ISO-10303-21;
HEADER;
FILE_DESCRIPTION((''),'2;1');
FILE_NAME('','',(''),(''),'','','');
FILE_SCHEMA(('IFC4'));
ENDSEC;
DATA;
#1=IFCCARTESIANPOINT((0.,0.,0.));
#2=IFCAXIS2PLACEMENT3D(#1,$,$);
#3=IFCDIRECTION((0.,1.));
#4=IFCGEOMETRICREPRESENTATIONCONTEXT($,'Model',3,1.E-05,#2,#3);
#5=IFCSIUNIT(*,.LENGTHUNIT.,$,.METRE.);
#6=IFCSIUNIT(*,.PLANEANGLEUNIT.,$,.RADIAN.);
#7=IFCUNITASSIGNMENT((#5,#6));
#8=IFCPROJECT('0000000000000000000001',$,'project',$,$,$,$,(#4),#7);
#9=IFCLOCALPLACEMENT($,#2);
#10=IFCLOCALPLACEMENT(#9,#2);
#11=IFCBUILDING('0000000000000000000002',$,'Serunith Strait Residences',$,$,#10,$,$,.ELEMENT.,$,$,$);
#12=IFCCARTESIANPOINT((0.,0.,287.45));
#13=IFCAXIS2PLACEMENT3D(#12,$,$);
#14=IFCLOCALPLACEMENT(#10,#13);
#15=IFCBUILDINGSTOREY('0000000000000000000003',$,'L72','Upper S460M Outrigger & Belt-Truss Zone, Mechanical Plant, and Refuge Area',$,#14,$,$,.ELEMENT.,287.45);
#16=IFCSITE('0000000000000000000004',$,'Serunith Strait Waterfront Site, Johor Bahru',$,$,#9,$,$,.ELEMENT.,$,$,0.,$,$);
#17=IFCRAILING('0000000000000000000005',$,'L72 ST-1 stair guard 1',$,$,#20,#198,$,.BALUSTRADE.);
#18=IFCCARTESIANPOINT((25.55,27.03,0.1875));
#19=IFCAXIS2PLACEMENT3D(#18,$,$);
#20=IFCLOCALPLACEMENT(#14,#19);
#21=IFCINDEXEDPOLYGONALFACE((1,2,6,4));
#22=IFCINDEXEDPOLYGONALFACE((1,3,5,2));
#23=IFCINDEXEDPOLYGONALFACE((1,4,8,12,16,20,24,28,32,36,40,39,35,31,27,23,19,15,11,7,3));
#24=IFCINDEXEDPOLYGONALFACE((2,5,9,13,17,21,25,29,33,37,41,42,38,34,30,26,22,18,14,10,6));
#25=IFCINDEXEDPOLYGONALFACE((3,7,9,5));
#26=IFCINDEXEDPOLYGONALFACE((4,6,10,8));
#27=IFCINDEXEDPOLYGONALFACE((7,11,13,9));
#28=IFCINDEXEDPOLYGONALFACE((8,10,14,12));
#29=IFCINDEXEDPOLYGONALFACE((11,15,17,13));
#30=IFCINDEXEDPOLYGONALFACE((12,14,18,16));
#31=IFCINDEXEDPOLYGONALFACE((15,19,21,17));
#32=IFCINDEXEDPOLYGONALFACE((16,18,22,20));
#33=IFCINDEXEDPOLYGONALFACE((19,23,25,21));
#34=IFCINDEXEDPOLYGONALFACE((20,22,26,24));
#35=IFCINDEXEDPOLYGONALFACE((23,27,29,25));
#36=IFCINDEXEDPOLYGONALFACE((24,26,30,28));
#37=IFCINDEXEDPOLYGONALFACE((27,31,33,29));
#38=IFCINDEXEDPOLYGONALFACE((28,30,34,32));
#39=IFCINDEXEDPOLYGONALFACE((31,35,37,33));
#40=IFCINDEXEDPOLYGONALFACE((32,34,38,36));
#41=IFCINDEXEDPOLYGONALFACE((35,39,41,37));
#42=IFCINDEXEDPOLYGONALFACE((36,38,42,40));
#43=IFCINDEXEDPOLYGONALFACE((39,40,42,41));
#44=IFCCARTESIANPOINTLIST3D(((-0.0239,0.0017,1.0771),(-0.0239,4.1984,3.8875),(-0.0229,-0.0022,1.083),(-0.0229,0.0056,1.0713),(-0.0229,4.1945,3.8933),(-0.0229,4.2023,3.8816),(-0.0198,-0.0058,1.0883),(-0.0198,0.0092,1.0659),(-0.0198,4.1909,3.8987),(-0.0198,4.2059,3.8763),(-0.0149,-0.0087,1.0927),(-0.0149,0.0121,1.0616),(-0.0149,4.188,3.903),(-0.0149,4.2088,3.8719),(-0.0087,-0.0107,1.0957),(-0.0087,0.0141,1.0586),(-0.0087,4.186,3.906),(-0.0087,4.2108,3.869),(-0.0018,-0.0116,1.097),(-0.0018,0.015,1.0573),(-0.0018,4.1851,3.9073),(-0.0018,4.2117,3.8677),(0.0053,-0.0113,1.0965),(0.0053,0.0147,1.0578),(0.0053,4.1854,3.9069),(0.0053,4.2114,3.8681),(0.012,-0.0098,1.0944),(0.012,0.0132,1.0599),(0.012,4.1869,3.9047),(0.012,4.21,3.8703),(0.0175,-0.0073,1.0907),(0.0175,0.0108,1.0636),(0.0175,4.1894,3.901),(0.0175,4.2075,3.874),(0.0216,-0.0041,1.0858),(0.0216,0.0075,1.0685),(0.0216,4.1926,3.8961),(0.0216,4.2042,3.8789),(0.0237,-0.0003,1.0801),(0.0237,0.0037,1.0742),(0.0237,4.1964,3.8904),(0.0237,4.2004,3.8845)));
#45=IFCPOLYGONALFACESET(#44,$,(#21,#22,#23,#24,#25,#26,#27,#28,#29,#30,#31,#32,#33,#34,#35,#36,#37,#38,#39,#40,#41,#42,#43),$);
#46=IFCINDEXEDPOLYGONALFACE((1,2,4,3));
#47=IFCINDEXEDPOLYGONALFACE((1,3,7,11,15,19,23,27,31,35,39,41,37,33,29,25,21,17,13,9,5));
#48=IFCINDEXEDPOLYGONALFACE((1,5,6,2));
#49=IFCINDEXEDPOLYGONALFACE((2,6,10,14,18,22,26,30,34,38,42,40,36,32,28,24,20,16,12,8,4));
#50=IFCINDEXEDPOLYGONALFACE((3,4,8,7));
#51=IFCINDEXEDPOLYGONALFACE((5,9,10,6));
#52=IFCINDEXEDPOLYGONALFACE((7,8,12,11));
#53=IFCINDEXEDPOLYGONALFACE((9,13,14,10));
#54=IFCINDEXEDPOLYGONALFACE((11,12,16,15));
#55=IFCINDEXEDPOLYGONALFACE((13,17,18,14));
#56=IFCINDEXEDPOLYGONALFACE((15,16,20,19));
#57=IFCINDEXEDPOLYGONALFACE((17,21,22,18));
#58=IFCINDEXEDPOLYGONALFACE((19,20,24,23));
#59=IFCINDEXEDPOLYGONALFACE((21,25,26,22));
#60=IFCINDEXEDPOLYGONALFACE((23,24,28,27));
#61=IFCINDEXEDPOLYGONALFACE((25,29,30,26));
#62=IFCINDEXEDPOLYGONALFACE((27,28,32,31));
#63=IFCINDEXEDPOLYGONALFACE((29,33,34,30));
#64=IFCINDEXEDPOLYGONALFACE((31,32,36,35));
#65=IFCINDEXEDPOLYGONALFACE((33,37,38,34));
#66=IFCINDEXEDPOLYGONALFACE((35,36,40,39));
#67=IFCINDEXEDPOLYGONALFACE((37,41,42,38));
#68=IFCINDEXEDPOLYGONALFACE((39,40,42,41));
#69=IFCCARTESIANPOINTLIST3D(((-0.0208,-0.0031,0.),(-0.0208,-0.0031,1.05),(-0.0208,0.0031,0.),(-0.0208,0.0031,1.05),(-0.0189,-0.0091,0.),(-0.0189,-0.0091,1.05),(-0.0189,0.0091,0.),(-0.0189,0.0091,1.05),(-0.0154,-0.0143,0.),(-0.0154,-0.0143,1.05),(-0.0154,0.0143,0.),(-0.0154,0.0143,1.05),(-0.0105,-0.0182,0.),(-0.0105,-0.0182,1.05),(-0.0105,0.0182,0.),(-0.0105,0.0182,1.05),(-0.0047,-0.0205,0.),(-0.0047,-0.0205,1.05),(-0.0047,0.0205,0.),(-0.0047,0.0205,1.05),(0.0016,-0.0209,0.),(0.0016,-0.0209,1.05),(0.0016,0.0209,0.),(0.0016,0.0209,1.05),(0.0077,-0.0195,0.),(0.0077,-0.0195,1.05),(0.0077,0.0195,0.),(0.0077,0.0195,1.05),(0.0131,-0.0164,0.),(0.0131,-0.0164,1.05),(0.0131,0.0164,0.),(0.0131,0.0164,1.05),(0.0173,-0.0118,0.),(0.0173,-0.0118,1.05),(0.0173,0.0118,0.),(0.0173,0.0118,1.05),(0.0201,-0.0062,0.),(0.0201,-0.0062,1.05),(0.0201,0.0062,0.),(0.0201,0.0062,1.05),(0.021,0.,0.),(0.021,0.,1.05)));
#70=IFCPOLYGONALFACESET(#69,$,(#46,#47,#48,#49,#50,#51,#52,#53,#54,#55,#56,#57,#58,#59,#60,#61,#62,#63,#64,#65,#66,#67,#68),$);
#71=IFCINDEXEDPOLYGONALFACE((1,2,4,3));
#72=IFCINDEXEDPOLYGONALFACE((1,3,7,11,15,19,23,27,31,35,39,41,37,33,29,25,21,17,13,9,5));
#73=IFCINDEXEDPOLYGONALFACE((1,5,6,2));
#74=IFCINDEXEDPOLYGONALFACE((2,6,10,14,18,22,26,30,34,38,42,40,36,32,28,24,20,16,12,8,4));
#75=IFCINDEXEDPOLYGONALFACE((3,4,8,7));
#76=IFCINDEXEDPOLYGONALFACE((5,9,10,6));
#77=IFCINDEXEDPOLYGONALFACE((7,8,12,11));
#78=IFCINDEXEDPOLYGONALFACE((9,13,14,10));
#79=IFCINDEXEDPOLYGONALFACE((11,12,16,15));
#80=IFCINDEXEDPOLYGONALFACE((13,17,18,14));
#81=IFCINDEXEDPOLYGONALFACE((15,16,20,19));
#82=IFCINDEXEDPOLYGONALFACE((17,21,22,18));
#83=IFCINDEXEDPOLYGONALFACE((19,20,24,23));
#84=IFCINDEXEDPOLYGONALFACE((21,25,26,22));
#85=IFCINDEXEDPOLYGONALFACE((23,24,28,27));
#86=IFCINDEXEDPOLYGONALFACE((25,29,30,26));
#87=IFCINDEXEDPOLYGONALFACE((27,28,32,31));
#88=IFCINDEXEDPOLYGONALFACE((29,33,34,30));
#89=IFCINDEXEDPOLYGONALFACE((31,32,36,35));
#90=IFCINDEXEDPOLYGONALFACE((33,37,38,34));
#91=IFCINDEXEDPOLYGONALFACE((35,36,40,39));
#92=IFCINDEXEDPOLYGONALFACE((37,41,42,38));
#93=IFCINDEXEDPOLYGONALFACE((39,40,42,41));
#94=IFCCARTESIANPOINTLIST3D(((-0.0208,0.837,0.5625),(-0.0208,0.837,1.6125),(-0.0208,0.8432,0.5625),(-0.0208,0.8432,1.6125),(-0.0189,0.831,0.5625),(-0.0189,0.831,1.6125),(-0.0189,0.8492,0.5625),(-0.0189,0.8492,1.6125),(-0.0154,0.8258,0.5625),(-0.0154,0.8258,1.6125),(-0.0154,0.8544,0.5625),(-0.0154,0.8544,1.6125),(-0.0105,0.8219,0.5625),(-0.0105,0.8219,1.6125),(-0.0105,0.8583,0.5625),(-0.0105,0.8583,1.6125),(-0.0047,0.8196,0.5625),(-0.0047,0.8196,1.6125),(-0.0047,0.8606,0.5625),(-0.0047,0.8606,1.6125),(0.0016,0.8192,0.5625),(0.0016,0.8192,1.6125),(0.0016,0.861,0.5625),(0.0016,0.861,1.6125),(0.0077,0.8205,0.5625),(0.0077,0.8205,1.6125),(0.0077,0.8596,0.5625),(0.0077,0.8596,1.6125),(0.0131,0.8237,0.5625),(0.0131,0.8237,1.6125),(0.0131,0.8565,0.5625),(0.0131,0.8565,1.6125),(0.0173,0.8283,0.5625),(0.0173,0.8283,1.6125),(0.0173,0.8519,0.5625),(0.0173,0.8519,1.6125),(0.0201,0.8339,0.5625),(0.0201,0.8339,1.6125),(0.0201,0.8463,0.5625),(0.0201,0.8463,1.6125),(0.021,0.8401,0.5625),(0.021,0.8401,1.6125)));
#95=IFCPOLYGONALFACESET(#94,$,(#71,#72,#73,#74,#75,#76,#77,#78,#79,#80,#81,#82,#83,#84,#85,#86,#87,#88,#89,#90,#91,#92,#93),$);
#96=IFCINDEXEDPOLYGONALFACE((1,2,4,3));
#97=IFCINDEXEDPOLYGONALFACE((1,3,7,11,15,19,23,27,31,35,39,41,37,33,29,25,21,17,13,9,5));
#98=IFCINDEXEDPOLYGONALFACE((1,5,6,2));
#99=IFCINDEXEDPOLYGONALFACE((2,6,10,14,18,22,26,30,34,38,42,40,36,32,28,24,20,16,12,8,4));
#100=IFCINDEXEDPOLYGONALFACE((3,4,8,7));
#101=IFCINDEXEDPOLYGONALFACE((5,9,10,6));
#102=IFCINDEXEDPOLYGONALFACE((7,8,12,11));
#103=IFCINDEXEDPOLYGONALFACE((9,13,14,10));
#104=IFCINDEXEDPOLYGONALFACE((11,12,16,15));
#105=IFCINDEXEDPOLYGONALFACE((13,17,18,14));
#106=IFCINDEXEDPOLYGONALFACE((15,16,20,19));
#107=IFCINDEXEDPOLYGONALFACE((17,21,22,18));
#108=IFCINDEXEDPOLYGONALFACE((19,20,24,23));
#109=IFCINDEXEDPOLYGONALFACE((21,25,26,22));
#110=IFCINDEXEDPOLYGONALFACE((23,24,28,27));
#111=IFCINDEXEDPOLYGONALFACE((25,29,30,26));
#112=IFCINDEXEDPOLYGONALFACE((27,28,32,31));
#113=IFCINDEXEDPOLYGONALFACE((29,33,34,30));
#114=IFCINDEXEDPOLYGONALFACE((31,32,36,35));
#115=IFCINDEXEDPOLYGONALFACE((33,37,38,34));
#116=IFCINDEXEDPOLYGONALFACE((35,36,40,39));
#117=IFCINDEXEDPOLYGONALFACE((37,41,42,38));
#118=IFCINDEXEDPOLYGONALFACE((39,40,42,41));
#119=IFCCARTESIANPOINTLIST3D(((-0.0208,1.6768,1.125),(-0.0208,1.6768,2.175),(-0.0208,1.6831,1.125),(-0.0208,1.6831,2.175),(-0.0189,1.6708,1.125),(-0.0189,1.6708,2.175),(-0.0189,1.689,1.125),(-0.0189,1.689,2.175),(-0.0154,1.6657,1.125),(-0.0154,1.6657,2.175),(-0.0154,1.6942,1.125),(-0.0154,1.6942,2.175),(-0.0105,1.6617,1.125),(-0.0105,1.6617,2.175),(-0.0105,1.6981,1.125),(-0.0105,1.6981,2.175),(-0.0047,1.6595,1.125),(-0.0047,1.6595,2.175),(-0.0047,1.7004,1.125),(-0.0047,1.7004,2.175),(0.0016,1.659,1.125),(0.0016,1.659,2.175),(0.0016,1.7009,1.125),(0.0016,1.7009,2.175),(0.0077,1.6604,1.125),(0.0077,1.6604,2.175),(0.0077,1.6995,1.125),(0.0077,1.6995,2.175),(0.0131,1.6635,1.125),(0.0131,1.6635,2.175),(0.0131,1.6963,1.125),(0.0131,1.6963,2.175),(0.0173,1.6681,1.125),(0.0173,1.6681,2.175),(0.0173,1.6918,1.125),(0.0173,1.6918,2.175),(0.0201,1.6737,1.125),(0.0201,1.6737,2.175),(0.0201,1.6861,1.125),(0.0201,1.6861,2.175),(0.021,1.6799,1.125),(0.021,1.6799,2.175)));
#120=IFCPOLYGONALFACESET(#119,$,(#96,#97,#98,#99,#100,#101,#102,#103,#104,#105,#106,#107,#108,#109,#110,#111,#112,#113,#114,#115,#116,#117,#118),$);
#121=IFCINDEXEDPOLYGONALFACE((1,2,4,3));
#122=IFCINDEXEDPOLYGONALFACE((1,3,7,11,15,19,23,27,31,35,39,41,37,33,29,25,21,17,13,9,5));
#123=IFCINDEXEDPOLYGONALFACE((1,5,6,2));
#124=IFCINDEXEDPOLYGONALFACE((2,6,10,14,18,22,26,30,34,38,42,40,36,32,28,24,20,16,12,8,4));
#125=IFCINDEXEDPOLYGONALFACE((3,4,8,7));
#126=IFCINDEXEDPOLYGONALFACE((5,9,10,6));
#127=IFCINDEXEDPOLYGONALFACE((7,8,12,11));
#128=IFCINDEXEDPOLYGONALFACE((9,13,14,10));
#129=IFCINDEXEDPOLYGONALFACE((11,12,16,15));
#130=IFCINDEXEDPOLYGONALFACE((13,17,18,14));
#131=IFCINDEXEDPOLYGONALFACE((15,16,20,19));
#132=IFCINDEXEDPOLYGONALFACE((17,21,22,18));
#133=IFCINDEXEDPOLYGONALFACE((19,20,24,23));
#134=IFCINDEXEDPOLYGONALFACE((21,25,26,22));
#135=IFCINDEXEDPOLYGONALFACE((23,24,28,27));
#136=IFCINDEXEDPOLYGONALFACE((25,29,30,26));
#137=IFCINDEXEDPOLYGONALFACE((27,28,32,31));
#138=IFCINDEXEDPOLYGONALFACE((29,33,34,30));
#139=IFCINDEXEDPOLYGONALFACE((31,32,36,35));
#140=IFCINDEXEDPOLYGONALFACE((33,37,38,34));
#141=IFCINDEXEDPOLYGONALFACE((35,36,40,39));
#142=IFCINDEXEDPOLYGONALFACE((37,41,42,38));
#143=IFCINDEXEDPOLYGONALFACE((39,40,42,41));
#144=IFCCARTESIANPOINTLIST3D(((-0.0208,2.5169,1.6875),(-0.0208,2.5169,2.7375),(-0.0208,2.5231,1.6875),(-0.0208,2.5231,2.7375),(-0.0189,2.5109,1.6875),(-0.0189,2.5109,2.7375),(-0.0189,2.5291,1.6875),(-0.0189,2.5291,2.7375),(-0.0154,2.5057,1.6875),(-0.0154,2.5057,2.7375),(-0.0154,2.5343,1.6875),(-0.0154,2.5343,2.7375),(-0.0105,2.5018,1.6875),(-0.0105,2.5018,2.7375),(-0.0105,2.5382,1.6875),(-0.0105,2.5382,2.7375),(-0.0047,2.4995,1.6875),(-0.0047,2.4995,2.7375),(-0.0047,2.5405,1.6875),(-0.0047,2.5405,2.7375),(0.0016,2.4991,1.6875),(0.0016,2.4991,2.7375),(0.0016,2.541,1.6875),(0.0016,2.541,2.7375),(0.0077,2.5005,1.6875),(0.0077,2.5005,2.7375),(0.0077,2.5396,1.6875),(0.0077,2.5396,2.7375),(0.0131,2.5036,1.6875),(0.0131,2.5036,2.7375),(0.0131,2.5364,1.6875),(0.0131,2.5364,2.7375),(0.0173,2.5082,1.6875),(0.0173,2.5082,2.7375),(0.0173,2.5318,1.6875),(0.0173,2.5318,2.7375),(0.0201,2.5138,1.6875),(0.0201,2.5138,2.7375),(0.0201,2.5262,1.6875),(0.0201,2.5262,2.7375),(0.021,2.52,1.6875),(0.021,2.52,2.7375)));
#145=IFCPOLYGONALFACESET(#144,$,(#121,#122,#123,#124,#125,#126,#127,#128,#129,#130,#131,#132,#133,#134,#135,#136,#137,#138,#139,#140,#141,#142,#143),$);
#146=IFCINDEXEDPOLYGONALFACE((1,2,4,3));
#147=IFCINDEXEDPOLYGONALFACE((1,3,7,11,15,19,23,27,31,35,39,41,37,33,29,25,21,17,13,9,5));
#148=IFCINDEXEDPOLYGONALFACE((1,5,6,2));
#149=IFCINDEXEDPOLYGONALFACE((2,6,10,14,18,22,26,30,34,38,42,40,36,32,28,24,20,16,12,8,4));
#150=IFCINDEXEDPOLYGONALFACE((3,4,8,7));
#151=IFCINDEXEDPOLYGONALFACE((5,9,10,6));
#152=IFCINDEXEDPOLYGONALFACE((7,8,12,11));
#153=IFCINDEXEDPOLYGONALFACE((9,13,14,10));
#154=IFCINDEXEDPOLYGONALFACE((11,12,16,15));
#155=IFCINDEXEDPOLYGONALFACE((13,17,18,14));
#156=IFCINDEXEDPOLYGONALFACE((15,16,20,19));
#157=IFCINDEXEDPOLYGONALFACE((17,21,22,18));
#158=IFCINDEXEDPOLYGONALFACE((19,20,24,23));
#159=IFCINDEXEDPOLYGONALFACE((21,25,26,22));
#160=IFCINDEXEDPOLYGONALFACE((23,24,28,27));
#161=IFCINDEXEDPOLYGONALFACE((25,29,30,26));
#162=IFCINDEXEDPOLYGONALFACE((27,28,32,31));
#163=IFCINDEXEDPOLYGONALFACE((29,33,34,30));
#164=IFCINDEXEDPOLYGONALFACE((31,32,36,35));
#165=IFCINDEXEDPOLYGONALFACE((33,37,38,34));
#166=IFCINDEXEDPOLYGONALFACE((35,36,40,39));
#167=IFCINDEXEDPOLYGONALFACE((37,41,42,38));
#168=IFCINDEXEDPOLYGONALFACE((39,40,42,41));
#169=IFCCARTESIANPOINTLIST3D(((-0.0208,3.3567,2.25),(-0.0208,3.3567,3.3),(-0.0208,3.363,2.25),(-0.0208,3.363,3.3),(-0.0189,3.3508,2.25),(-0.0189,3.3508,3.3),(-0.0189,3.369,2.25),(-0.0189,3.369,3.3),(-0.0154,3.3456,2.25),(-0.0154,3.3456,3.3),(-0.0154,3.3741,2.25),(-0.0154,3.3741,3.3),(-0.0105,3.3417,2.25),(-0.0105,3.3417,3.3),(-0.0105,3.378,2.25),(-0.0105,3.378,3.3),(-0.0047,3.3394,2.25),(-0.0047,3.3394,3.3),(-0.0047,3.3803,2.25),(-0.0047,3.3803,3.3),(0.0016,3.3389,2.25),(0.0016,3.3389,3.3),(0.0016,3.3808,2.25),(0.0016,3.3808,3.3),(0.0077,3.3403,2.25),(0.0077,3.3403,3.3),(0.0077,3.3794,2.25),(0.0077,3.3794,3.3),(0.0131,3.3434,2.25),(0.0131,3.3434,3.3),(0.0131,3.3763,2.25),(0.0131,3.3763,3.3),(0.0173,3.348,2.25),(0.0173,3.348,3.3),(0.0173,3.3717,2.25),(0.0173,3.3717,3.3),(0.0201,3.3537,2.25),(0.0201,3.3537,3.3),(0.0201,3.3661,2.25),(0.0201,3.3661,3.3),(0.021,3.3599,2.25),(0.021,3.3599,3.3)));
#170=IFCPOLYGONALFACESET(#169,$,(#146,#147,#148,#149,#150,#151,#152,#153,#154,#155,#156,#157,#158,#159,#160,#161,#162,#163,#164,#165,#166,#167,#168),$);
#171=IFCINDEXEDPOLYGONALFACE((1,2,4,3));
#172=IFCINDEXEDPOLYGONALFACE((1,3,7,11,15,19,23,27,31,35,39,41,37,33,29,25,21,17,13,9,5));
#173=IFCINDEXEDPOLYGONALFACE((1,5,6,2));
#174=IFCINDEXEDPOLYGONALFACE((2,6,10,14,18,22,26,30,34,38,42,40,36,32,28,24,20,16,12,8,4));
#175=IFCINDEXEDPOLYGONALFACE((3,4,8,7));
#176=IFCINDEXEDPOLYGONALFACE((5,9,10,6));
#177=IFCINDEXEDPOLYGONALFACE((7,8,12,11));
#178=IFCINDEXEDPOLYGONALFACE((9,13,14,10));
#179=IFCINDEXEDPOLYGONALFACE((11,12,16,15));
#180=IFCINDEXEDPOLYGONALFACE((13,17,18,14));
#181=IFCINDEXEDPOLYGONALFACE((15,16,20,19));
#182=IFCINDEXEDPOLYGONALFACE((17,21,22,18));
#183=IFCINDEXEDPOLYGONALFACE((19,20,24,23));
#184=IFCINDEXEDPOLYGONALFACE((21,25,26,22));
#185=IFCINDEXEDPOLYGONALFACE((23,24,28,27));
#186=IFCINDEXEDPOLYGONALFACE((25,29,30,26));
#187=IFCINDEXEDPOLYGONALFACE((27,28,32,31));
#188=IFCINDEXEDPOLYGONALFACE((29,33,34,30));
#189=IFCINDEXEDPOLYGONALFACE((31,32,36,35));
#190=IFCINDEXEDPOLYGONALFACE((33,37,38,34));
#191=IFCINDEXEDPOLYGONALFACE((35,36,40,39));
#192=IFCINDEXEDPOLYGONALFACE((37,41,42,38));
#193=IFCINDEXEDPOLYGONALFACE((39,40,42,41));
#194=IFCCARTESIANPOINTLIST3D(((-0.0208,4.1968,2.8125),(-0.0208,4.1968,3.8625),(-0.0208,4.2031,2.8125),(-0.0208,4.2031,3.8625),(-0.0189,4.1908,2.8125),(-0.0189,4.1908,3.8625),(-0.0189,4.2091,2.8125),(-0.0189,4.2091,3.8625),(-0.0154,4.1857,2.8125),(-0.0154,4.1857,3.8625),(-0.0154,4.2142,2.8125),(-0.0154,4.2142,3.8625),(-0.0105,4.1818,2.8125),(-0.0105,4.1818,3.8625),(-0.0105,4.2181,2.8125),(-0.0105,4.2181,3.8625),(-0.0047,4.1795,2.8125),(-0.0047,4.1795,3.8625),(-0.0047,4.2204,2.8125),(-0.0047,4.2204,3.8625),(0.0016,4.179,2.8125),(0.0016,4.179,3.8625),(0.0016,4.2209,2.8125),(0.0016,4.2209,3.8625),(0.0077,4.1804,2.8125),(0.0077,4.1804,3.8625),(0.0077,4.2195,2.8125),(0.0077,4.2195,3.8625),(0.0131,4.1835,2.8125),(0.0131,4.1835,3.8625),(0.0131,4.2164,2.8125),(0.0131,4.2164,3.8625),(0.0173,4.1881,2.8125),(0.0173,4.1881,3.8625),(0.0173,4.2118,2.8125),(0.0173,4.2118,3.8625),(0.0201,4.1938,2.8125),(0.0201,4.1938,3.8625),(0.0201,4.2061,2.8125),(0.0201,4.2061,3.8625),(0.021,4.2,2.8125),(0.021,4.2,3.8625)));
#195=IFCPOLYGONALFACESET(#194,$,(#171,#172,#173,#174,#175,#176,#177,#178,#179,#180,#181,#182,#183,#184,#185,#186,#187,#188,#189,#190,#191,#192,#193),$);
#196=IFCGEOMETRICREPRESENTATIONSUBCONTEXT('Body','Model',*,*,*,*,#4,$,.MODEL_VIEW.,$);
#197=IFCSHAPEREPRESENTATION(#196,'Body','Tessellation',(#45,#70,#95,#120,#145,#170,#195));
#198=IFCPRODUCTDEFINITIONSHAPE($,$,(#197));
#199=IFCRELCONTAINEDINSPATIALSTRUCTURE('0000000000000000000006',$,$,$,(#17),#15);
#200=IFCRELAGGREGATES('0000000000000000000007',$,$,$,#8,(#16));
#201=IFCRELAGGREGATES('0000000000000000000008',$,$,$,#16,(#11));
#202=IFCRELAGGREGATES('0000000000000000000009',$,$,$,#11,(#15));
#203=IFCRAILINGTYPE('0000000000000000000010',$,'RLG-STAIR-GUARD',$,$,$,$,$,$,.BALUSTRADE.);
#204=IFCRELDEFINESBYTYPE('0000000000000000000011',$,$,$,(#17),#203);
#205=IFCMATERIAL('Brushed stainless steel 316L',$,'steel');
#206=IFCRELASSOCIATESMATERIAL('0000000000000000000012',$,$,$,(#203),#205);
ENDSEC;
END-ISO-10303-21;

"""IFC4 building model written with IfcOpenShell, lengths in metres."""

from ifc_helpers import new_model, si_unit, direction, frame, origin, origin_2d, place, context, subcontext, project, spatial, circle, extrude, material, type_object, element, save


model = new_model("IFC4")

# Units and contexts
model_context = context("Model", 3, precision=1e-05, world=origin(), true_north=direction((0.0, 1.0)))
body_context = subcontext(model_context, "Body", "Model", "MODEL_VIEW")
ifc_project = project(units=[si_unit("LENGTHUNIT", "METRE"), si_unit("PLANEANGLEUNIT", "RADIAN")], contexts=[model_context])

# Site, building, storey
site_placement = place(None, origin())
site = spatial("IfcSite", under=ifc_project, at=site_placement, Name="Serunith Strait Waterfront Site, Johor Bahru", CompositionType="ELEMENT", RefElevation=0.0)
building_placement = place(site_placement, origin())
building = spatial("IfcBuilding", under=site, at=building_placement, Name="Serunith Strait Residences", CompositionType="ELEMENT")
storey_placement = place(building_placement, frame((0.0, 0.0, 287.45)))
storey = spatial("IfcBuildingStorey", under=building, at=storey_placement, Name="L72", Description="Upper S460M Outrigger & Belt-Truss Zone, Mechanical Plant, and Refuge Area", CompositionType="ELEMENT", Elevation=287.45)

# Railing
ifc_material_1 = material(Name="Brushed stainless steel 316L", Category="steel")
railing_type_1 = type_object("IfcRailingType", Name="RLG-STAIR-GUARD", PredefinedType="BALUSTRADE", material=ifc_material_1)
railing_1_placement = place(storey_placement, frame((25.55, 27.03, 0.1875)))
element("IfcRailing", 1, at=railing_1_placement, inside=storey, type_object=railing_type_1, Name="L72 ST-1 stair guard 1", PredefinedType="BALUSTRADE", context=body_context, shape_type="SweptSolid", body=[
    extrude(circle(Radius=0.0239, at=origin_2d()), frame((0.0, 0.0017, 1.0771), z_axis=(0.0, 0.830904, 0.556416), x_axis=(-1.0, 0.0, 0.0)), (0.0, 0.0, 1.0), 5.0508),
    extrude(circle(Radius=0.021, at=origin_2d()), origin(), (0.0, 0.0, 1.0), 1.05),
    extrude(circle(Radius=0.021, at=origin_2d()), frame((0.0, 0.8401, 0.5625)), (0.0, 0.0, 1.0), 1.05),
    extrude(circle(Radius=0.021, at=origin_2d()), frame((0.0, 1.6799, 1.125)), (0.0, 0.0, 1.0), 1.05),
    extrude(circle(Radius=0.021, at=origin_2d()), frame((0.0, 2.52, 1.6875)), (0.0, 0.0, 1.0), 1.05),
    extrude(circle(Radius=0.021, at=origin_2d()), frame((0.0, 3.3599, 2.25)), (0.0, 0.0, 1.0), 1.05),
    extrude(circle(Radius=0.021, at=origin_2d()), frame((0.0, 4.2, 2.8125)), (0.0, 0.0, 1.0), 1.05),
])

save(model, "model.ifc")
